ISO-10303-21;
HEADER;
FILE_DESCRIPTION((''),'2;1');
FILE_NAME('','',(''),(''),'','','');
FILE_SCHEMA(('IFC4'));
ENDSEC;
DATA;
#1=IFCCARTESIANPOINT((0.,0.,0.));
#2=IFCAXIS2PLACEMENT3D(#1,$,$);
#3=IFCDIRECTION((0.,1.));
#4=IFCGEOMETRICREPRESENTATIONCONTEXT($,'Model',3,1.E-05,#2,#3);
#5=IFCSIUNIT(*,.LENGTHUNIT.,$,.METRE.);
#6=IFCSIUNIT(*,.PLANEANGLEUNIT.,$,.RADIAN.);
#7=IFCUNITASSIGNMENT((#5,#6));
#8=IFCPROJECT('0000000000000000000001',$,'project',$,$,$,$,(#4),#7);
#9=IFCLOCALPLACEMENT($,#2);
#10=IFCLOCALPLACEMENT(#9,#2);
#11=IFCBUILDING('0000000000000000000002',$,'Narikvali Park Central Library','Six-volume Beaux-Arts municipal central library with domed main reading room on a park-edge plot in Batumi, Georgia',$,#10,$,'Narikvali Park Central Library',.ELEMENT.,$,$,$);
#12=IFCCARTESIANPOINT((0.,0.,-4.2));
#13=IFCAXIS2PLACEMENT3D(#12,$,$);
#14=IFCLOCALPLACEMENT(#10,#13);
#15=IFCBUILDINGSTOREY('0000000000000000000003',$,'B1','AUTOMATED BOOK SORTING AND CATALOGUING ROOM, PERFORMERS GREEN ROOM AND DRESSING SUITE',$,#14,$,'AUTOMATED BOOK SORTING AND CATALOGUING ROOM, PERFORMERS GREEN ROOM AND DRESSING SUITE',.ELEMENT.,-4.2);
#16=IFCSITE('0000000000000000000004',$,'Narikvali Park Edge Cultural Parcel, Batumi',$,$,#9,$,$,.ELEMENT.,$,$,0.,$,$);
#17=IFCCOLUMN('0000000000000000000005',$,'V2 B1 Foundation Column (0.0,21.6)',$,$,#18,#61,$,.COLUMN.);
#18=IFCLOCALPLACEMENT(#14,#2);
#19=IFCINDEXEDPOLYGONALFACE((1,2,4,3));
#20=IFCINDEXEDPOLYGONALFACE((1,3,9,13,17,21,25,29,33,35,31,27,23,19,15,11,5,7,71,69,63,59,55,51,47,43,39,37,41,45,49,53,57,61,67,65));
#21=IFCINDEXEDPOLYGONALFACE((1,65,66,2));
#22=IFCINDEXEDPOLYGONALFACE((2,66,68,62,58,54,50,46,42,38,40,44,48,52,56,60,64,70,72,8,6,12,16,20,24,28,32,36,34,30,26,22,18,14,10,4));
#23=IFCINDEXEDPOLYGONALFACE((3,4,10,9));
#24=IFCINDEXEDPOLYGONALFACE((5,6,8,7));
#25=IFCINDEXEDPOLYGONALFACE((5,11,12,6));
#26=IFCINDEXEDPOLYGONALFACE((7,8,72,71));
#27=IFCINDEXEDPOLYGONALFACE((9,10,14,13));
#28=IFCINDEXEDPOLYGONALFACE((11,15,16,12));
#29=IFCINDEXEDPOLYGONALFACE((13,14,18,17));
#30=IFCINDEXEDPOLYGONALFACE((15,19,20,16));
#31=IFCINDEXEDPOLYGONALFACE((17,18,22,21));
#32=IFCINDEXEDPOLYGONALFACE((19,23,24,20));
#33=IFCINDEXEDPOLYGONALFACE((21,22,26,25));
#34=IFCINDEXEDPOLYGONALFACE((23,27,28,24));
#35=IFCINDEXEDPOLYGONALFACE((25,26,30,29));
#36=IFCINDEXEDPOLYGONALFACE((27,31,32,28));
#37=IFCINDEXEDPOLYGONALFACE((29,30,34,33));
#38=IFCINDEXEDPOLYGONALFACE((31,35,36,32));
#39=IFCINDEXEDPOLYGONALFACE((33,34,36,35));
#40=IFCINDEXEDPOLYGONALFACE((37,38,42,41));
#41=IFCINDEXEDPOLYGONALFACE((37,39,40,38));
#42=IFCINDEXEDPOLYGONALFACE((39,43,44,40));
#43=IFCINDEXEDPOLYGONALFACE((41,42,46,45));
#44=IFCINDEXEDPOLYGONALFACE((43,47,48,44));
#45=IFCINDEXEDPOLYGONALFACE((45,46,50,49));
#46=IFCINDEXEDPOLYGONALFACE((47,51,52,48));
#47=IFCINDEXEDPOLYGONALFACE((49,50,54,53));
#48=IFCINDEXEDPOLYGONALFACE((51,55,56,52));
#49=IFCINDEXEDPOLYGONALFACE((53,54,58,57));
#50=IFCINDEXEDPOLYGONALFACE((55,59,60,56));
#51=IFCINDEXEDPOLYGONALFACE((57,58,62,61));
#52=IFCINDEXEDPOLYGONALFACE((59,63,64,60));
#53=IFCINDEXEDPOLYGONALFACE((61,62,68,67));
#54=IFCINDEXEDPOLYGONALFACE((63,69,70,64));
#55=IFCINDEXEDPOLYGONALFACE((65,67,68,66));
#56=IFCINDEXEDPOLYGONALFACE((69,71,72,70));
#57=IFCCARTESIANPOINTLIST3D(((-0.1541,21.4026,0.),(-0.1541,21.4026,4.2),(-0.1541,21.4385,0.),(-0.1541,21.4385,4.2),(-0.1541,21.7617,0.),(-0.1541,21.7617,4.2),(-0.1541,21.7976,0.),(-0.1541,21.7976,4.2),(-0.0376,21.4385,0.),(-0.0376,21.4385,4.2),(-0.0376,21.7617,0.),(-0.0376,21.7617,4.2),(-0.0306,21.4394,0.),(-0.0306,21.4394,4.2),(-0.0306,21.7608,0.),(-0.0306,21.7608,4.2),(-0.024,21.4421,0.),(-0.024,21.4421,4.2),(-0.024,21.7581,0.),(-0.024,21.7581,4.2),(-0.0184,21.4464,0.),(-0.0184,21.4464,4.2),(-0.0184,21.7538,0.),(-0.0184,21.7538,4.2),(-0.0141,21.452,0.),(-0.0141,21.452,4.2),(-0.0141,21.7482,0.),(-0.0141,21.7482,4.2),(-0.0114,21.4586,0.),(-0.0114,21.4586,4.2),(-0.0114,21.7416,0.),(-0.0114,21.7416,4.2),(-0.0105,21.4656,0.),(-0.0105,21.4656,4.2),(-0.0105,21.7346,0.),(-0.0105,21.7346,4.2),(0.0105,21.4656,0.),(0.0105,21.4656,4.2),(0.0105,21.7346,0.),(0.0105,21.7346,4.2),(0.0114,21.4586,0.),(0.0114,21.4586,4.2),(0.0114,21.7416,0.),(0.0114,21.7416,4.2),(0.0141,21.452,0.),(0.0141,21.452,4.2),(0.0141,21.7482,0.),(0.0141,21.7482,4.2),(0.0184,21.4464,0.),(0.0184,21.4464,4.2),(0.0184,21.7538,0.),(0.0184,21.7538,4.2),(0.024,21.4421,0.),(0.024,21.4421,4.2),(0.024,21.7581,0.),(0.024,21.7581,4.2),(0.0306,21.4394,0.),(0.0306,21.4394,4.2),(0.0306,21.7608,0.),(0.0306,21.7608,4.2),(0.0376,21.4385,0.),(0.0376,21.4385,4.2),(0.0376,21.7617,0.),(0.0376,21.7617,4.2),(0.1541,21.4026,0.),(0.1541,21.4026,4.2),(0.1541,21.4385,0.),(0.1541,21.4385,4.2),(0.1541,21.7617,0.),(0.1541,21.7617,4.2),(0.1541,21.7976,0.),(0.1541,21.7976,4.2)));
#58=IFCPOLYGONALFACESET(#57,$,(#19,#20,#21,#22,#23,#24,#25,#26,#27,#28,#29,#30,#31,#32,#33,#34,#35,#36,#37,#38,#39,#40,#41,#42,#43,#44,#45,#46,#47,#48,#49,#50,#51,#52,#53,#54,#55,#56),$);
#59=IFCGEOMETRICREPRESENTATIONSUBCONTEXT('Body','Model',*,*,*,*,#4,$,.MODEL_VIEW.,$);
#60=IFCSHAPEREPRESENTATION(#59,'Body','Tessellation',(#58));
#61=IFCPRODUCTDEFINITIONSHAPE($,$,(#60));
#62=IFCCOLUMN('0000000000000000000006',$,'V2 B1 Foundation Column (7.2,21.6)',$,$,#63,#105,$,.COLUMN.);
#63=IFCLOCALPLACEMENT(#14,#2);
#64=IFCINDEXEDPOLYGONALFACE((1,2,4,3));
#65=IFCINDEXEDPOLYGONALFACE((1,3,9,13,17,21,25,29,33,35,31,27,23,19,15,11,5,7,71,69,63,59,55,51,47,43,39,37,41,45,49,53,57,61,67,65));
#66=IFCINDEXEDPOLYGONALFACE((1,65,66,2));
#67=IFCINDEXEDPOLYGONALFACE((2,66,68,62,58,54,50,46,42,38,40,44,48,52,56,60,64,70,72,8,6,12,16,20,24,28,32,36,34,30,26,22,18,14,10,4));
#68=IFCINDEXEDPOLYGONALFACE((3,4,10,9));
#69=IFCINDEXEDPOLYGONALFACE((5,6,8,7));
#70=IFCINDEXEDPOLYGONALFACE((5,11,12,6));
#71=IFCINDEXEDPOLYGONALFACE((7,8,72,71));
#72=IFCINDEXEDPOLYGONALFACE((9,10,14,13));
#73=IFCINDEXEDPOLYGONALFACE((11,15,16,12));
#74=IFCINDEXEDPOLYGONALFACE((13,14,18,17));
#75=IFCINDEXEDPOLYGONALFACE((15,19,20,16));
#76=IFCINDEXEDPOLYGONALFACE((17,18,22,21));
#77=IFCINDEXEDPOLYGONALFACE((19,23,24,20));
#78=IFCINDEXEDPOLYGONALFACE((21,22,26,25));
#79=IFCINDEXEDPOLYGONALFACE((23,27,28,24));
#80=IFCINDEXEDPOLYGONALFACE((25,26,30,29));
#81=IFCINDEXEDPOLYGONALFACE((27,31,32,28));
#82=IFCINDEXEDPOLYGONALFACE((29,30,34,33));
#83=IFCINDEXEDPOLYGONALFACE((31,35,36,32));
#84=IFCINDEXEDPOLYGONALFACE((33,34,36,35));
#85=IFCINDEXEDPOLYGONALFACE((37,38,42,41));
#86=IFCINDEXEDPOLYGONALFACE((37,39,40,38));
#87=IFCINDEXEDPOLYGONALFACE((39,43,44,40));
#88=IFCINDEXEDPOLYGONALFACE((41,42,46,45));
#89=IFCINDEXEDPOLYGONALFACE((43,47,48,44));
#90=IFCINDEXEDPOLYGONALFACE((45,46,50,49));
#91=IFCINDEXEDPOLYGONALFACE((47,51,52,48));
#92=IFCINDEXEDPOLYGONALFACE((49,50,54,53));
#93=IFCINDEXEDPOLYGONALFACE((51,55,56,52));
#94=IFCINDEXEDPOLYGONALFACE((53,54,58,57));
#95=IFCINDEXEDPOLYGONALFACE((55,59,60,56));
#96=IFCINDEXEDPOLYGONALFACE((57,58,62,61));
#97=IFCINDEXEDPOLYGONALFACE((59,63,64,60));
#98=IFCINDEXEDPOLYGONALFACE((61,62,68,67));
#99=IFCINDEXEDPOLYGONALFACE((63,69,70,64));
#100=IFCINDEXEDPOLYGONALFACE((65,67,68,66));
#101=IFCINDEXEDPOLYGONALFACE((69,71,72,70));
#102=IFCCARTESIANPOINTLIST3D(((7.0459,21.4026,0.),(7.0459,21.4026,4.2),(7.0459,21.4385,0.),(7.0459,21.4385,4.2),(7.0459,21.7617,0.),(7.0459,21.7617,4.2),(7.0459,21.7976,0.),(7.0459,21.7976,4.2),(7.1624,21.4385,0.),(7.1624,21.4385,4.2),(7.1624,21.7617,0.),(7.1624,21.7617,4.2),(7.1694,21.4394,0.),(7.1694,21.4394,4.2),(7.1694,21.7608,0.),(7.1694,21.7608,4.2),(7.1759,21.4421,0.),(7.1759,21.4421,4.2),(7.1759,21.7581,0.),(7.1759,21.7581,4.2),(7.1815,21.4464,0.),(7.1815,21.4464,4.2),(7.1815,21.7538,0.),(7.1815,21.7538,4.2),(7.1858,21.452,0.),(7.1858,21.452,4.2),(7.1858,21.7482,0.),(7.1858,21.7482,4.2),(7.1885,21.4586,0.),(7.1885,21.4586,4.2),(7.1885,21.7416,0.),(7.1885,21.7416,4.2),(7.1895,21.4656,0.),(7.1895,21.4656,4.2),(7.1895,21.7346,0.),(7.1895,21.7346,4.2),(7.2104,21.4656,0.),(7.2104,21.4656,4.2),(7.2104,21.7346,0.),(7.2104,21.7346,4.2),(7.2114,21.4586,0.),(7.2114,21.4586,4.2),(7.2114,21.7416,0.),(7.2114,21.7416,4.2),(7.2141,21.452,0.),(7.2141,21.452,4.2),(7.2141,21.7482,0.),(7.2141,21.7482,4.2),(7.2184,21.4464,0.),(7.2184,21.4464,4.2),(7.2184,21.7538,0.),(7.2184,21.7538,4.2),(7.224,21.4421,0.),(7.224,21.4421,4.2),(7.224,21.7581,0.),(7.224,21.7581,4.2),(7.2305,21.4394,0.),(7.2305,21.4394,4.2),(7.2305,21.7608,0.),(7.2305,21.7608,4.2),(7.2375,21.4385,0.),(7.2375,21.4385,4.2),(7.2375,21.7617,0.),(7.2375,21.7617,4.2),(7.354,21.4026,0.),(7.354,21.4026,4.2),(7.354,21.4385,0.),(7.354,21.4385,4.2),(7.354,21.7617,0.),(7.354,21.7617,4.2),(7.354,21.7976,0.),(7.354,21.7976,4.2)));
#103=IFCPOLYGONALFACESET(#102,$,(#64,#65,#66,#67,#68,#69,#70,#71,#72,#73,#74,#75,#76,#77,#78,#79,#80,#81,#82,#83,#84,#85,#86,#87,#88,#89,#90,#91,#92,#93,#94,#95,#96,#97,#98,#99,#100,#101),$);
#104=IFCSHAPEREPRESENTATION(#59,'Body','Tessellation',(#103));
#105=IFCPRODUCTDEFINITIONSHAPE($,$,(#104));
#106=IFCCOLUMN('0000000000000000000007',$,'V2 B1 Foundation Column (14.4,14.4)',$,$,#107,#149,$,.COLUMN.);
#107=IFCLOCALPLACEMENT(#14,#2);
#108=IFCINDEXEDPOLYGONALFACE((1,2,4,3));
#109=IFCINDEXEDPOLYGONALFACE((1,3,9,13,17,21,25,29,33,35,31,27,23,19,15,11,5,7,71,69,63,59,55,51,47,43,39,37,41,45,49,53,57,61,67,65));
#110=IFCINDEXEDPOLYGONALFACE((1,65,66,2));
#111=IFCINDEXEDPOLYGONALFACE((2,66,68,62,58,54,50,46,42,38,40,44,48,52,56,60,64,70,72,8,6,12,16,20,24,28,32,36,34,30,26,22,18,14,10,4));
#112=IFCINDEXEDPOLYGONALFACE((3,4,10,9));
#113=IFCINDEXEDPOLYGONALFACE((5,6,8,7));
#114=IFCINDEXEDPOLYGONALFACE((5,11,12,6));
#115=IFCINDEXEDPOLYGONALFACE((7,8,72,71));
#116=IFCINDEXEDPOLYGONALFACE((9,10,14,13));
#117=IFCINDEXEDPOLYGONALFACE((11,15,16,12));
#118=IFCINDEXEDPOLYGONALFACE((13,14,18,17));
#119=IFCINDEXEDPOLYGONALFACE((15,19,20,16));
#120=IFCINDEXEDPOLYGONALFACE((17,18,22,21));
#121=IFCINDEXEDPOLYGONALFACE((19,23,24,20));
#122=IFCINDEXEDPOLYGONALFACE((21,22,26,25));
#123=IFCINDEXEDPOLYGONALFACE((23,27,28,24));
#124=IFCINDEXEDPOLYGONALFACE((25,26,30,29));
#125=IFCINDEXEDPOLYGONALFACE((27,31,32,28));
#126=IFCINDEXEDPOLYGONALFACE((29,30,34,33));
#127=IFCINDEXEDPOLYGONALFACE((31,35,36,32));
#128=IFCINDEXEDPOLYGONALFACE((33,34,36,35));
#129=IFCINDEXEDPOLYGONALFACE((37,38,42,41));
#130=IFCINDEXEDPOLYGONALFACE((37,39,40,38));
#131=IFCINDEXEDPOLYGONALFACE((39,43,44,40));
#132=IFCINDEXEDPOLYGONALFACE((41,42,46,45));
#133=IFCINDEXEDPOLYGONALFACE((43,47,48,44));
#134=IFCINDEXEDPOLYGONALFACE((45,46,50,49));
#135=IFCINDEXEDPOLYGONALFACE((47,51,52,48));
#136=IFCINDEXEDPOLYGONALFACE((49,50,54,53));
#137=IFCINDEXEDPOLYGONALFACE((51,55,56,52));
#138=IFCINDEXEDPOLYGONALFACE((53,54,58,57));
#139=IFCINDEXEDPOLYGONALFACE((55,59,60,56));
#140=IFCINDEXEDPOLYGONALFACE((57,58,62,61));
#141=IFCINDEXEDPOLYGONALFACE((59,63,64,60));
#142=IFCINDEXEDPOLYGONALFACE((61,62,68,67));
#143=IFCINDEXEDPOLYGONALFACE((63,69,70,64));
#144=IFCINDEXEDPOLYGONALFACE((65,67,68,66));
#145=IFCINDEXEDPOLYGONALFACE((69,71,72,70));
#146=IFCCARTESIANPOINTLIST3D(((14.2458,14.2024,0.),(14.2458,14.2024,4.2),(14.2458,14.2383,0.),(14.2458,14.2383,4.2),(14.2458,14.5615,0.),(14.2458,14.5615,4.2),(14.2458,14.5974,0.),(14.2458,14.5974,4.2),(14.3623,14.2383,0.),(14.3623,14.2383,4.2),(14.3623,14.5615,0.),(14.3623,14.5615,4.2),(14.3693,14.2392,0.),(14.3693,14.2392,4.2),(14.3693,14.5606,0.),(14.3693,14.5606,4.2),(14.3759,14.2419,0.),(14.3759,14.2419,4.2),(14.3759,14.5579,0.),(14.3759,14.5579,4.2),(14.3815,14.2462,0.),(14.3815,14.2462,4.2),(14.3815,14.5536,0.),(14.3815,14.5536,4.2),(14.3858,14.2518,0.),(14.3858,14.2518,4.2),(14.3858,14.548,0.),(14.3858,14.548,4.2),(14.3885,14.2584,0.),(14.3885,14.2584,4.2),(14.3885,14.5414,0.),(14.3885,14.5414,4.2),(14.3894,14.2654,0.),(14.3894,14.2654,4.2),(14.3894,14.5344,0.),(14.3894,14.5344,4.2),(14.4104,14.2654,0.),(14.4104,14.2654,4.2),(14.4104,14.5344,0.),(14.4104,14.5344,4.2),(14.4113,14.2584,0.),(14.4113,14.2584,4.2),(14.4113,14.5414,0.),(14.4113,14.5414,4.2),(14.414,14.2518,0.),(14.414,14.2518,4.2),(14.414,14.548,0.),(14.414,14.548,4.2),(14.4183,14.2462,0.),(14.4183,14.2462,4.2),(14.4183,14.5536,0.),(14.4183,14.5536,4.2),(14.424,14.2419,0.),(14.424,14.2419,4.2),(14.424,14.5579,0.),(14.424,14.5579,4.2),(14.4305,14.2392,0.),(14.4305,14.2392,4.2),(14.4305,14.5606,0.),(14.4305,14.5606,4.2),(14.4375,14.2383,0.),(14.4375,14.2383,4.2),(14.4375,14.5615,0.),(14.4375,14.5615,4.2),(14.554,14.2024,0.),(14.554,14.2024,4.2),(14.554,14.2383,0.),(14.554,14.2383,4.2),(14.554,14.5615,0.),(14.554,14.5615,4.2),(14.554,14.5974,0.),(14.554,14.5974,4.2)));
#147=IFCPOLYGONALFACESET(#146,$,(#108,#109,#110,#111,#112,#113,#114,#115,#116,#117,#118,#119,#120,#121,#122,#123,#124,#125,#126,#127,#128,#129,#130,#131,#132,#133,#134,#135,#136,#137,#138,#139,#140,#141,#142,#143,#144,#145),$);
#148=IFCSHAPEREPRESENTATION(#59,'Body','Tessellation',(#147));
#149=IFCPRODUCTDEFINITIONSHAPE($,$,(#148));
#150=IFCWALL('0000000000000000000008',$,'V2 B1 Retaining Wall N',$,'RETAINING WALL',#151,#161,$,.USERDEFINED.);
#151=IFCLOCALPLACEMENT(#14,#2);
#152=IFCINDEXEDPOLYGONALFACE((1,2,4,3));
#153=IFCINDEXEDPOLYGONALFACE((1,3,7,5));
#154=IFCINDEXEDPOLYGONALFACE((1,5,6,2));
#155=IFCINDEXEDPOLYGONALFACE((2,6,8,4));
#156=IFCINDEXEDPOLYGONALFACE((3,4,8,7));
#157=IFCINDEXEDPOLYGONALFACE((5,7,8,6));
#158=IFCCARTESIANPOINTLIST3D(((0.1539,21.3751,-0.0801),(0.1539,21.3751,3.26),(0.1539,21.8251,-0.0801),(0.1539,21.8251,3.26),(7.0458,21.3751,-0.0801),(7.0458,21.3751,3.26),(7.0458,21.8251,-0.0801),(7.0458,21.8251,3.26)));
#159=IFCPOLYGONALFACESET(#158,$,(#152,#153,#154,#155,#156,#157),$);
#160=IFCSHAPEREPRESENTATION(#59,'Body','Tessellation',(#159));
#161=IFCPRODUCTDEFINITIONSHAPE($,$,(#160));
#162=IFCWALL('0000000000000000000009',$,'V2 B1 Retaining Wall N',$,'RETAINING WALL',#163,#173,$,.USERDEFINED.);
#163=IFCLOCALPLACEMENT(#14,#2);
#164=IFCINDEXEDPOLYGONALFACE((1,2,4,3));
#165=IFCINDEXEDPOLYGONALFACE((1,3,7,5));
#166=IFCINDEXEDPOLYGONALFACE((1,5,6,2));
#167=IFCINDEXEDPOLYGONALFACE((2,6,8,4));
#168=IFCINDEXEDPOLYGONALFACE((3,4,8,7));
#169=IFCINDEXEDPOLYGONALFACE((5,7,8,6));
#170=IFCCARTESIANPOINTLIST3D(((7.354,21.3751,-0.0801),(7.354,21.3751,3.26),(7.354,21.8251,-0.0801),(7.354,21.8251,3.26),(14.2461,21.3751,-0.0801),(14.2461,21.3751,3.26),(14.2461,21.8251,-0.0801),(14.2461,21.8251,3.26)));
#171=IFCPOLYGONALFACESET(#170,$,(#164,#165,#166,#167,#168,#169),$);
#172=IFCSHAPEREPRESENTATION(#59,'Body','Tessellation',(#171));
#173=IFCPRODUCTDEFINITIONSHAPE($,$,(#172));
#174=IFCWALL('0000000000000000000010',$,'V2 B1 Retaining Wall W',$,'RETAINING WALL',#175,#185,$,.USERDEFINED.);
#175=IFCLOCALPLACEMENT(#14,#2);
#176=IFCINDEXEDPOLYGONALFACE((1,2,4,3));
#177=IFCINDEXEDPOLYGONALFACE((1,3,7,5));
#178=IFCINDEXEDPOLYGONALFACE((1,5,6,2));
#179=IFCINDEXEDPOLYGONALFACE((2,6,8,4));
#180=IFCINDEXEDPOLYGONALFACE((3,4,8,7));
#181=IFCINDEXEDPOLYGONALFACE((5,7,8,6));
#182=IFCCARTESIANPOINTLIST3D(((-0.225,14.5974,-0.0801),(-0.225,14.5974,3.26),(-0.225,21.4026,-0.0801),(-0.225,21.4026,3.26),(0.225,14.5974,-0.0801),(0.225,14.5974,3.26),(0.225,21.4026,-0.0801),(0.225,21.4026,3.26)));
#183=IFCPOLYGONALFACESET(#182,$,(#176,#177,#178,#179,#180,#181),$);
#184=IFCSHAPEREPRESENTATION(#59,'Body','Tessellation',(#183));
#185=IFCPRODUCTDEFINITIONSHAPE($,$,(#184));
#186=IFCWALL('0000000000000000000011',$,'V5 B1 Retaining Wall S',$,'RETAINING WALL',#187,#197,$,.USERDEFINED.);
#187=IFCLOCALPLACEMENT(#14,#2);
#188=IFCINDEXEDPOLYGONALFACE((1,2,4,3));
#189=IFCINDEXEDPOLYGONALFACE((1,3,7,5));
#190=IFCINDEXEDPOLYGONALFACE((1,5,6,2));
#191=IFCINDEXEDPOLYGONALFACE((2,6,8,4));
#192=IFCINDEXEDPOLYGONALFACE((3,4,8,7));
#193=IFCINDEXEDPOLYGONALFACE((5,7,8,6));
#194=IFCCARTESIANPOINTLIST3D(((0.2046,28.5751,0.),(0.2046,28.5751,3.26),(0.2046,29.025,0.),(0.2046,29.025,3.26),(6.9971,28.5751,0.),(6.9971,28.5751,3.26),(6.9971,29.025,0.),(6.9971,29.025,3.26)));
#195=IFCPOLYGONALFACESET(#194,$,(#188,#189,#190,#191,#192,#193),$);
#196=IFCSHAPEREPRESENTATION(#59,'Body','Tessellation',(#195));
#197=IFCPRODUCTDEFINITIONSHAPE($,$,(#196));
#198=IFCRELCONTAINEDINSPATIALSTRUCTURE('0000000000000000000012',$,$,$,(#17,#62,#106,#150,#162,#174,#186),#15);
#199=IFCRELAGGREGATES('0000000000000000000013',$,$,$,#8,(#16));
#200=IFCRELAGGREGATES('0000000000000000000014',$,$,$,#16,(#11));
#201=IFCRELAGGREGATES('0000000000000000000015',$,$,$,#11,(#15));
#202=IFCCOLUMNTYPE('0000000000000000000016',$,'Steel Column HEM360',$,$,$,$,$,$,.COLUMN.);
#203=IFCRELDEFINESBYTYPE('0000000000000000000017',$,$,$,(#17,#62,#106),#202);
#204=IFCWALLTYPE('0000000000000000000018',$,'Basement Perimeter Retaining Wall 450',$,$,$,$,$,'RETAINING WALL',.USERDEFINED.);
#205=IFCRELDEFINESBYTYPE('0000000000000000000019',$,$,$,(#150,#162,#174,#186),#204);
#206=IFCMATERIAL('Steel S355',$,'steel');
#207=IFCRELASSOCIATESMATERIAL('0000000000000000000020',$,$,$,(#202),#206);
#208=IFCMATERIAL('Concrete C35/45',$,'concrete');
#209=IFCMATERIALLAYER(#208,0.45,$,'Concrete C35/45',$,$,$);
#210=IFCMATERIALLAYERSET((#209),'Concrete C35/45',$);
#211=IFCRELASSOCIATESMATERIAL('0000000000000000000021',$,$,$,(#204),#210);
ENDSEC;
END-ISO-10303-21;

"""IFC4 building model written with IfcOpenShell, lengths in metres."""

from ifc_helpers import new_model, si_unit, direction, frame, frame_2d, origin, origin_2d, place, context, subcontext, project, spatial, rectangle, i_section, extrude, material, layer, layer_set, material_profile, profile_set, type_object, element, save


model = new_model("IFC4")

# Units and contexts
model_context = context("Model", 3, precision=1e-05, world=origin(), true_north=direction((0.0, 1.0)))
body_context = subcontext(model_context, "Body", "Model", "MODEL_VIEW")
ifc_project = project(units=[si_unit("LENGTHUNIT", "METRE"), si_unit("PLANEANGLEUNIT", "RADIAN")], contexts=[model_context])

# Site, building, storey
site_placement = place(None, origin())
site = spatial("IfcSite", under=ifc_project, at=site_placement, Name="Narikvali Park Edge Cultural Parcel, Batumi", CompositionType="ELEMENT", RefElevation=0.0)
building_placement = place(site_placement, origin())
building = spatial("IfcBuilding", under=site, at=building_placement, Name="Narikvali Park Central Library", Description="Six-volume Beaux-Arts municipal central library with domed main reading room on a park-edge plot in Batumi, Georgia", LongName="Narikvali Park Central Library", CompositionType="ELEMENT")
storey_placement = place(building_placement, frame((0.0, 0.0, -4.2)))
storey = spatial("IfcBuildingStorey", under=building, at=storey_placement, Name="B1", Description="AUTOMATED BOOK SORTING AND CATALOGUING ROOM, PERFORMERS GREEN ROOM AND DRESSING SUITE", LongName="AUTOMATED BOOK SORTING AND CATALOGUING ROOM, PERFORMERS GREEN ROOM AND DRESSING SUITE", CompositionType="ELEMENT", Elevation=-4.2)

# Shared definitions
ifc_material_1 = material(Name="Concrete C35/45", Category="concrete")

# Columns
ifc_material_2 = material(Name="Steel S355", Category="steel")
ifc_material_profile_1 = material_profile(ifc_material_2, i_section(OverallWidth=0.3081, OverallDepth=0.395, WebThickness=0.021, FlangeThickness=0.0359, FilletRadius=0.0271, at=origin_2d()), Name="HEM 360")
ifc_profile_set_1 = profile_set([ifc_material_profile_1], Name="Steel S355")
column_type_1 = type_object("IfcColumnType", Name="Steel Column HEM360", PredefinedType="COLUMN", material=ifc_profile_set_1)
for number, where, z_axis, x_axis, name in (
    (1, (0.0, 21.6001, 0.0), (0.0, 0.0, 1.0), (1.0, 0.0, 0.0), "V2 B1 Foundation Column (0.0,21.6)"),
    (2, (7.2, 21.6001, 0.0), (0.0, 0.0, 1.0), (1.0, 0.0, 0.0), "V2 B1 Foundation Column (7.2,21.6)"),
    (3, (14.3999, 14.3999, 0.0), (0.0, 0.0, 1.0), (1.0, 0.0, 0.0), "V2 B1 Foundation Column (14.4,14.4)"),
):
    element("IfcColumn", number, at=place(storey_placement, frame(where, z_axis=z_axis, x_axis=x_axis)), inside=storey, type_object=column_type_1, Name=name, PredefinedType="COLUMN", context=body_context, shape_type="SweptSolid", body=[
        extrude(i_section(OverallWidth=0.3081, OverallDepth=0.395, WebThickness=0.021, FlangeThickness=0.0359, FilletRadius=0.0271, at=origin_2d()), origin(), (0.0, 0.0, 1.0), 4.2),
    ])

# Walls
ifc_layer_1 = layer(ifc_material_1, 0.45, Name="Concrete C35/45")
ifc_layer_set_1 = layer_set([ifc_layer_1], Name="Concrete C35/45")
wall_type = type_object("IfcWallType", Name="Basement Perimeter Retaining Wall 450", ElementType="RETAINING WALL", PredefinedType="USERDEFINED", material=ifc_layer_set_1)
wall_1_placement = place(storey_placement, frame((0.1541, 21.6001, -0.0801), z_axis=(0.0, 0.0, 1.0), x_axis=(1.0, 0.0, 0.0)))
element("IfcWall", 4, at=wall_1_placement, inside=storey, type_object=wall_type, Name="V2 B1 Retaining Wall N", ObjectType="RETAINING WALL", PredefinedType="USERDEFINED", context=body_context, shape_type="SweptSolid", body=[
    extrude(rectangle(XDim=6.8918, YDim=0.45, at=frame_2d((3.4458, 0.0))), origin(), (0.0, 0.0, 1.0), 3.3401),
])
wall_2_placement = place(storey_placement, frame((7.354, 21.6001, -0.0801), z_axis=(0.0, 0.0, 1.0), x_axis=(1.0, 0.0, 0.0)))
element("IfcWall", 5, at=wall_2_placement, inside=storey, type_object=wall_type, Name="V2 B1 Retaining Wall N", ObjectType="RETAINING WALL", PredefinedType="USERDEFINED", context=body_context, shape_type="SweptSolid", body=[
    extrude(rectangle(XDim=6.8921, YDim=0.45, at=frame_2d((3.446, 0.0))), origin(), (0.0, 0.0, 1.0), 3.3401),
])
wall_3_placement = place(storey_placement, frame((0.0, 14.5974, -0.0801), z_axis=(0.0, 0.0, 1.0), x_axis=(0.0, 1.0, 0.0)))
element("IfcWall", 6, at=wall_3_placement, inside=storey, type_object=wall_type, Name="V2 B1 Retaining Wall W", ObjectType="RETAINING WALL", PredefinedType="USERDEFINED", context=body_context, shape_type="SweptSolid", body=[
    extrude(rectangle(XDim=6.8052, YDim=0.45, at=frame_2d((3.4026, 0.0))), origin(), (0.0, 0.0, 1.0), 3.3401),
])
wall_4_placement = place(storey_placement, frame((0.2046, 28.8, 0.0), z_axis=(0.0, 0.0, 1.0), x_axis=(1.0, 0.0, 0.0)))
element("IfcWall", 7, at=wall_4_placement, inside=storey, type_object=wall_type, Name="V5 B1 Retaining Wall S", ObjectType="RETAINING WALL", PredefinedType="USERDEFINED", context=body_context, shape_type="SweptSolid", body=[
    extrude(rectangle(XDim=6.7925, YDim=0.45, at=frame_2d((3.3962, 0.0))), origin(), (0.0, 0.0, 1.0), 3.26),
])

save(model, "model.ifc")
